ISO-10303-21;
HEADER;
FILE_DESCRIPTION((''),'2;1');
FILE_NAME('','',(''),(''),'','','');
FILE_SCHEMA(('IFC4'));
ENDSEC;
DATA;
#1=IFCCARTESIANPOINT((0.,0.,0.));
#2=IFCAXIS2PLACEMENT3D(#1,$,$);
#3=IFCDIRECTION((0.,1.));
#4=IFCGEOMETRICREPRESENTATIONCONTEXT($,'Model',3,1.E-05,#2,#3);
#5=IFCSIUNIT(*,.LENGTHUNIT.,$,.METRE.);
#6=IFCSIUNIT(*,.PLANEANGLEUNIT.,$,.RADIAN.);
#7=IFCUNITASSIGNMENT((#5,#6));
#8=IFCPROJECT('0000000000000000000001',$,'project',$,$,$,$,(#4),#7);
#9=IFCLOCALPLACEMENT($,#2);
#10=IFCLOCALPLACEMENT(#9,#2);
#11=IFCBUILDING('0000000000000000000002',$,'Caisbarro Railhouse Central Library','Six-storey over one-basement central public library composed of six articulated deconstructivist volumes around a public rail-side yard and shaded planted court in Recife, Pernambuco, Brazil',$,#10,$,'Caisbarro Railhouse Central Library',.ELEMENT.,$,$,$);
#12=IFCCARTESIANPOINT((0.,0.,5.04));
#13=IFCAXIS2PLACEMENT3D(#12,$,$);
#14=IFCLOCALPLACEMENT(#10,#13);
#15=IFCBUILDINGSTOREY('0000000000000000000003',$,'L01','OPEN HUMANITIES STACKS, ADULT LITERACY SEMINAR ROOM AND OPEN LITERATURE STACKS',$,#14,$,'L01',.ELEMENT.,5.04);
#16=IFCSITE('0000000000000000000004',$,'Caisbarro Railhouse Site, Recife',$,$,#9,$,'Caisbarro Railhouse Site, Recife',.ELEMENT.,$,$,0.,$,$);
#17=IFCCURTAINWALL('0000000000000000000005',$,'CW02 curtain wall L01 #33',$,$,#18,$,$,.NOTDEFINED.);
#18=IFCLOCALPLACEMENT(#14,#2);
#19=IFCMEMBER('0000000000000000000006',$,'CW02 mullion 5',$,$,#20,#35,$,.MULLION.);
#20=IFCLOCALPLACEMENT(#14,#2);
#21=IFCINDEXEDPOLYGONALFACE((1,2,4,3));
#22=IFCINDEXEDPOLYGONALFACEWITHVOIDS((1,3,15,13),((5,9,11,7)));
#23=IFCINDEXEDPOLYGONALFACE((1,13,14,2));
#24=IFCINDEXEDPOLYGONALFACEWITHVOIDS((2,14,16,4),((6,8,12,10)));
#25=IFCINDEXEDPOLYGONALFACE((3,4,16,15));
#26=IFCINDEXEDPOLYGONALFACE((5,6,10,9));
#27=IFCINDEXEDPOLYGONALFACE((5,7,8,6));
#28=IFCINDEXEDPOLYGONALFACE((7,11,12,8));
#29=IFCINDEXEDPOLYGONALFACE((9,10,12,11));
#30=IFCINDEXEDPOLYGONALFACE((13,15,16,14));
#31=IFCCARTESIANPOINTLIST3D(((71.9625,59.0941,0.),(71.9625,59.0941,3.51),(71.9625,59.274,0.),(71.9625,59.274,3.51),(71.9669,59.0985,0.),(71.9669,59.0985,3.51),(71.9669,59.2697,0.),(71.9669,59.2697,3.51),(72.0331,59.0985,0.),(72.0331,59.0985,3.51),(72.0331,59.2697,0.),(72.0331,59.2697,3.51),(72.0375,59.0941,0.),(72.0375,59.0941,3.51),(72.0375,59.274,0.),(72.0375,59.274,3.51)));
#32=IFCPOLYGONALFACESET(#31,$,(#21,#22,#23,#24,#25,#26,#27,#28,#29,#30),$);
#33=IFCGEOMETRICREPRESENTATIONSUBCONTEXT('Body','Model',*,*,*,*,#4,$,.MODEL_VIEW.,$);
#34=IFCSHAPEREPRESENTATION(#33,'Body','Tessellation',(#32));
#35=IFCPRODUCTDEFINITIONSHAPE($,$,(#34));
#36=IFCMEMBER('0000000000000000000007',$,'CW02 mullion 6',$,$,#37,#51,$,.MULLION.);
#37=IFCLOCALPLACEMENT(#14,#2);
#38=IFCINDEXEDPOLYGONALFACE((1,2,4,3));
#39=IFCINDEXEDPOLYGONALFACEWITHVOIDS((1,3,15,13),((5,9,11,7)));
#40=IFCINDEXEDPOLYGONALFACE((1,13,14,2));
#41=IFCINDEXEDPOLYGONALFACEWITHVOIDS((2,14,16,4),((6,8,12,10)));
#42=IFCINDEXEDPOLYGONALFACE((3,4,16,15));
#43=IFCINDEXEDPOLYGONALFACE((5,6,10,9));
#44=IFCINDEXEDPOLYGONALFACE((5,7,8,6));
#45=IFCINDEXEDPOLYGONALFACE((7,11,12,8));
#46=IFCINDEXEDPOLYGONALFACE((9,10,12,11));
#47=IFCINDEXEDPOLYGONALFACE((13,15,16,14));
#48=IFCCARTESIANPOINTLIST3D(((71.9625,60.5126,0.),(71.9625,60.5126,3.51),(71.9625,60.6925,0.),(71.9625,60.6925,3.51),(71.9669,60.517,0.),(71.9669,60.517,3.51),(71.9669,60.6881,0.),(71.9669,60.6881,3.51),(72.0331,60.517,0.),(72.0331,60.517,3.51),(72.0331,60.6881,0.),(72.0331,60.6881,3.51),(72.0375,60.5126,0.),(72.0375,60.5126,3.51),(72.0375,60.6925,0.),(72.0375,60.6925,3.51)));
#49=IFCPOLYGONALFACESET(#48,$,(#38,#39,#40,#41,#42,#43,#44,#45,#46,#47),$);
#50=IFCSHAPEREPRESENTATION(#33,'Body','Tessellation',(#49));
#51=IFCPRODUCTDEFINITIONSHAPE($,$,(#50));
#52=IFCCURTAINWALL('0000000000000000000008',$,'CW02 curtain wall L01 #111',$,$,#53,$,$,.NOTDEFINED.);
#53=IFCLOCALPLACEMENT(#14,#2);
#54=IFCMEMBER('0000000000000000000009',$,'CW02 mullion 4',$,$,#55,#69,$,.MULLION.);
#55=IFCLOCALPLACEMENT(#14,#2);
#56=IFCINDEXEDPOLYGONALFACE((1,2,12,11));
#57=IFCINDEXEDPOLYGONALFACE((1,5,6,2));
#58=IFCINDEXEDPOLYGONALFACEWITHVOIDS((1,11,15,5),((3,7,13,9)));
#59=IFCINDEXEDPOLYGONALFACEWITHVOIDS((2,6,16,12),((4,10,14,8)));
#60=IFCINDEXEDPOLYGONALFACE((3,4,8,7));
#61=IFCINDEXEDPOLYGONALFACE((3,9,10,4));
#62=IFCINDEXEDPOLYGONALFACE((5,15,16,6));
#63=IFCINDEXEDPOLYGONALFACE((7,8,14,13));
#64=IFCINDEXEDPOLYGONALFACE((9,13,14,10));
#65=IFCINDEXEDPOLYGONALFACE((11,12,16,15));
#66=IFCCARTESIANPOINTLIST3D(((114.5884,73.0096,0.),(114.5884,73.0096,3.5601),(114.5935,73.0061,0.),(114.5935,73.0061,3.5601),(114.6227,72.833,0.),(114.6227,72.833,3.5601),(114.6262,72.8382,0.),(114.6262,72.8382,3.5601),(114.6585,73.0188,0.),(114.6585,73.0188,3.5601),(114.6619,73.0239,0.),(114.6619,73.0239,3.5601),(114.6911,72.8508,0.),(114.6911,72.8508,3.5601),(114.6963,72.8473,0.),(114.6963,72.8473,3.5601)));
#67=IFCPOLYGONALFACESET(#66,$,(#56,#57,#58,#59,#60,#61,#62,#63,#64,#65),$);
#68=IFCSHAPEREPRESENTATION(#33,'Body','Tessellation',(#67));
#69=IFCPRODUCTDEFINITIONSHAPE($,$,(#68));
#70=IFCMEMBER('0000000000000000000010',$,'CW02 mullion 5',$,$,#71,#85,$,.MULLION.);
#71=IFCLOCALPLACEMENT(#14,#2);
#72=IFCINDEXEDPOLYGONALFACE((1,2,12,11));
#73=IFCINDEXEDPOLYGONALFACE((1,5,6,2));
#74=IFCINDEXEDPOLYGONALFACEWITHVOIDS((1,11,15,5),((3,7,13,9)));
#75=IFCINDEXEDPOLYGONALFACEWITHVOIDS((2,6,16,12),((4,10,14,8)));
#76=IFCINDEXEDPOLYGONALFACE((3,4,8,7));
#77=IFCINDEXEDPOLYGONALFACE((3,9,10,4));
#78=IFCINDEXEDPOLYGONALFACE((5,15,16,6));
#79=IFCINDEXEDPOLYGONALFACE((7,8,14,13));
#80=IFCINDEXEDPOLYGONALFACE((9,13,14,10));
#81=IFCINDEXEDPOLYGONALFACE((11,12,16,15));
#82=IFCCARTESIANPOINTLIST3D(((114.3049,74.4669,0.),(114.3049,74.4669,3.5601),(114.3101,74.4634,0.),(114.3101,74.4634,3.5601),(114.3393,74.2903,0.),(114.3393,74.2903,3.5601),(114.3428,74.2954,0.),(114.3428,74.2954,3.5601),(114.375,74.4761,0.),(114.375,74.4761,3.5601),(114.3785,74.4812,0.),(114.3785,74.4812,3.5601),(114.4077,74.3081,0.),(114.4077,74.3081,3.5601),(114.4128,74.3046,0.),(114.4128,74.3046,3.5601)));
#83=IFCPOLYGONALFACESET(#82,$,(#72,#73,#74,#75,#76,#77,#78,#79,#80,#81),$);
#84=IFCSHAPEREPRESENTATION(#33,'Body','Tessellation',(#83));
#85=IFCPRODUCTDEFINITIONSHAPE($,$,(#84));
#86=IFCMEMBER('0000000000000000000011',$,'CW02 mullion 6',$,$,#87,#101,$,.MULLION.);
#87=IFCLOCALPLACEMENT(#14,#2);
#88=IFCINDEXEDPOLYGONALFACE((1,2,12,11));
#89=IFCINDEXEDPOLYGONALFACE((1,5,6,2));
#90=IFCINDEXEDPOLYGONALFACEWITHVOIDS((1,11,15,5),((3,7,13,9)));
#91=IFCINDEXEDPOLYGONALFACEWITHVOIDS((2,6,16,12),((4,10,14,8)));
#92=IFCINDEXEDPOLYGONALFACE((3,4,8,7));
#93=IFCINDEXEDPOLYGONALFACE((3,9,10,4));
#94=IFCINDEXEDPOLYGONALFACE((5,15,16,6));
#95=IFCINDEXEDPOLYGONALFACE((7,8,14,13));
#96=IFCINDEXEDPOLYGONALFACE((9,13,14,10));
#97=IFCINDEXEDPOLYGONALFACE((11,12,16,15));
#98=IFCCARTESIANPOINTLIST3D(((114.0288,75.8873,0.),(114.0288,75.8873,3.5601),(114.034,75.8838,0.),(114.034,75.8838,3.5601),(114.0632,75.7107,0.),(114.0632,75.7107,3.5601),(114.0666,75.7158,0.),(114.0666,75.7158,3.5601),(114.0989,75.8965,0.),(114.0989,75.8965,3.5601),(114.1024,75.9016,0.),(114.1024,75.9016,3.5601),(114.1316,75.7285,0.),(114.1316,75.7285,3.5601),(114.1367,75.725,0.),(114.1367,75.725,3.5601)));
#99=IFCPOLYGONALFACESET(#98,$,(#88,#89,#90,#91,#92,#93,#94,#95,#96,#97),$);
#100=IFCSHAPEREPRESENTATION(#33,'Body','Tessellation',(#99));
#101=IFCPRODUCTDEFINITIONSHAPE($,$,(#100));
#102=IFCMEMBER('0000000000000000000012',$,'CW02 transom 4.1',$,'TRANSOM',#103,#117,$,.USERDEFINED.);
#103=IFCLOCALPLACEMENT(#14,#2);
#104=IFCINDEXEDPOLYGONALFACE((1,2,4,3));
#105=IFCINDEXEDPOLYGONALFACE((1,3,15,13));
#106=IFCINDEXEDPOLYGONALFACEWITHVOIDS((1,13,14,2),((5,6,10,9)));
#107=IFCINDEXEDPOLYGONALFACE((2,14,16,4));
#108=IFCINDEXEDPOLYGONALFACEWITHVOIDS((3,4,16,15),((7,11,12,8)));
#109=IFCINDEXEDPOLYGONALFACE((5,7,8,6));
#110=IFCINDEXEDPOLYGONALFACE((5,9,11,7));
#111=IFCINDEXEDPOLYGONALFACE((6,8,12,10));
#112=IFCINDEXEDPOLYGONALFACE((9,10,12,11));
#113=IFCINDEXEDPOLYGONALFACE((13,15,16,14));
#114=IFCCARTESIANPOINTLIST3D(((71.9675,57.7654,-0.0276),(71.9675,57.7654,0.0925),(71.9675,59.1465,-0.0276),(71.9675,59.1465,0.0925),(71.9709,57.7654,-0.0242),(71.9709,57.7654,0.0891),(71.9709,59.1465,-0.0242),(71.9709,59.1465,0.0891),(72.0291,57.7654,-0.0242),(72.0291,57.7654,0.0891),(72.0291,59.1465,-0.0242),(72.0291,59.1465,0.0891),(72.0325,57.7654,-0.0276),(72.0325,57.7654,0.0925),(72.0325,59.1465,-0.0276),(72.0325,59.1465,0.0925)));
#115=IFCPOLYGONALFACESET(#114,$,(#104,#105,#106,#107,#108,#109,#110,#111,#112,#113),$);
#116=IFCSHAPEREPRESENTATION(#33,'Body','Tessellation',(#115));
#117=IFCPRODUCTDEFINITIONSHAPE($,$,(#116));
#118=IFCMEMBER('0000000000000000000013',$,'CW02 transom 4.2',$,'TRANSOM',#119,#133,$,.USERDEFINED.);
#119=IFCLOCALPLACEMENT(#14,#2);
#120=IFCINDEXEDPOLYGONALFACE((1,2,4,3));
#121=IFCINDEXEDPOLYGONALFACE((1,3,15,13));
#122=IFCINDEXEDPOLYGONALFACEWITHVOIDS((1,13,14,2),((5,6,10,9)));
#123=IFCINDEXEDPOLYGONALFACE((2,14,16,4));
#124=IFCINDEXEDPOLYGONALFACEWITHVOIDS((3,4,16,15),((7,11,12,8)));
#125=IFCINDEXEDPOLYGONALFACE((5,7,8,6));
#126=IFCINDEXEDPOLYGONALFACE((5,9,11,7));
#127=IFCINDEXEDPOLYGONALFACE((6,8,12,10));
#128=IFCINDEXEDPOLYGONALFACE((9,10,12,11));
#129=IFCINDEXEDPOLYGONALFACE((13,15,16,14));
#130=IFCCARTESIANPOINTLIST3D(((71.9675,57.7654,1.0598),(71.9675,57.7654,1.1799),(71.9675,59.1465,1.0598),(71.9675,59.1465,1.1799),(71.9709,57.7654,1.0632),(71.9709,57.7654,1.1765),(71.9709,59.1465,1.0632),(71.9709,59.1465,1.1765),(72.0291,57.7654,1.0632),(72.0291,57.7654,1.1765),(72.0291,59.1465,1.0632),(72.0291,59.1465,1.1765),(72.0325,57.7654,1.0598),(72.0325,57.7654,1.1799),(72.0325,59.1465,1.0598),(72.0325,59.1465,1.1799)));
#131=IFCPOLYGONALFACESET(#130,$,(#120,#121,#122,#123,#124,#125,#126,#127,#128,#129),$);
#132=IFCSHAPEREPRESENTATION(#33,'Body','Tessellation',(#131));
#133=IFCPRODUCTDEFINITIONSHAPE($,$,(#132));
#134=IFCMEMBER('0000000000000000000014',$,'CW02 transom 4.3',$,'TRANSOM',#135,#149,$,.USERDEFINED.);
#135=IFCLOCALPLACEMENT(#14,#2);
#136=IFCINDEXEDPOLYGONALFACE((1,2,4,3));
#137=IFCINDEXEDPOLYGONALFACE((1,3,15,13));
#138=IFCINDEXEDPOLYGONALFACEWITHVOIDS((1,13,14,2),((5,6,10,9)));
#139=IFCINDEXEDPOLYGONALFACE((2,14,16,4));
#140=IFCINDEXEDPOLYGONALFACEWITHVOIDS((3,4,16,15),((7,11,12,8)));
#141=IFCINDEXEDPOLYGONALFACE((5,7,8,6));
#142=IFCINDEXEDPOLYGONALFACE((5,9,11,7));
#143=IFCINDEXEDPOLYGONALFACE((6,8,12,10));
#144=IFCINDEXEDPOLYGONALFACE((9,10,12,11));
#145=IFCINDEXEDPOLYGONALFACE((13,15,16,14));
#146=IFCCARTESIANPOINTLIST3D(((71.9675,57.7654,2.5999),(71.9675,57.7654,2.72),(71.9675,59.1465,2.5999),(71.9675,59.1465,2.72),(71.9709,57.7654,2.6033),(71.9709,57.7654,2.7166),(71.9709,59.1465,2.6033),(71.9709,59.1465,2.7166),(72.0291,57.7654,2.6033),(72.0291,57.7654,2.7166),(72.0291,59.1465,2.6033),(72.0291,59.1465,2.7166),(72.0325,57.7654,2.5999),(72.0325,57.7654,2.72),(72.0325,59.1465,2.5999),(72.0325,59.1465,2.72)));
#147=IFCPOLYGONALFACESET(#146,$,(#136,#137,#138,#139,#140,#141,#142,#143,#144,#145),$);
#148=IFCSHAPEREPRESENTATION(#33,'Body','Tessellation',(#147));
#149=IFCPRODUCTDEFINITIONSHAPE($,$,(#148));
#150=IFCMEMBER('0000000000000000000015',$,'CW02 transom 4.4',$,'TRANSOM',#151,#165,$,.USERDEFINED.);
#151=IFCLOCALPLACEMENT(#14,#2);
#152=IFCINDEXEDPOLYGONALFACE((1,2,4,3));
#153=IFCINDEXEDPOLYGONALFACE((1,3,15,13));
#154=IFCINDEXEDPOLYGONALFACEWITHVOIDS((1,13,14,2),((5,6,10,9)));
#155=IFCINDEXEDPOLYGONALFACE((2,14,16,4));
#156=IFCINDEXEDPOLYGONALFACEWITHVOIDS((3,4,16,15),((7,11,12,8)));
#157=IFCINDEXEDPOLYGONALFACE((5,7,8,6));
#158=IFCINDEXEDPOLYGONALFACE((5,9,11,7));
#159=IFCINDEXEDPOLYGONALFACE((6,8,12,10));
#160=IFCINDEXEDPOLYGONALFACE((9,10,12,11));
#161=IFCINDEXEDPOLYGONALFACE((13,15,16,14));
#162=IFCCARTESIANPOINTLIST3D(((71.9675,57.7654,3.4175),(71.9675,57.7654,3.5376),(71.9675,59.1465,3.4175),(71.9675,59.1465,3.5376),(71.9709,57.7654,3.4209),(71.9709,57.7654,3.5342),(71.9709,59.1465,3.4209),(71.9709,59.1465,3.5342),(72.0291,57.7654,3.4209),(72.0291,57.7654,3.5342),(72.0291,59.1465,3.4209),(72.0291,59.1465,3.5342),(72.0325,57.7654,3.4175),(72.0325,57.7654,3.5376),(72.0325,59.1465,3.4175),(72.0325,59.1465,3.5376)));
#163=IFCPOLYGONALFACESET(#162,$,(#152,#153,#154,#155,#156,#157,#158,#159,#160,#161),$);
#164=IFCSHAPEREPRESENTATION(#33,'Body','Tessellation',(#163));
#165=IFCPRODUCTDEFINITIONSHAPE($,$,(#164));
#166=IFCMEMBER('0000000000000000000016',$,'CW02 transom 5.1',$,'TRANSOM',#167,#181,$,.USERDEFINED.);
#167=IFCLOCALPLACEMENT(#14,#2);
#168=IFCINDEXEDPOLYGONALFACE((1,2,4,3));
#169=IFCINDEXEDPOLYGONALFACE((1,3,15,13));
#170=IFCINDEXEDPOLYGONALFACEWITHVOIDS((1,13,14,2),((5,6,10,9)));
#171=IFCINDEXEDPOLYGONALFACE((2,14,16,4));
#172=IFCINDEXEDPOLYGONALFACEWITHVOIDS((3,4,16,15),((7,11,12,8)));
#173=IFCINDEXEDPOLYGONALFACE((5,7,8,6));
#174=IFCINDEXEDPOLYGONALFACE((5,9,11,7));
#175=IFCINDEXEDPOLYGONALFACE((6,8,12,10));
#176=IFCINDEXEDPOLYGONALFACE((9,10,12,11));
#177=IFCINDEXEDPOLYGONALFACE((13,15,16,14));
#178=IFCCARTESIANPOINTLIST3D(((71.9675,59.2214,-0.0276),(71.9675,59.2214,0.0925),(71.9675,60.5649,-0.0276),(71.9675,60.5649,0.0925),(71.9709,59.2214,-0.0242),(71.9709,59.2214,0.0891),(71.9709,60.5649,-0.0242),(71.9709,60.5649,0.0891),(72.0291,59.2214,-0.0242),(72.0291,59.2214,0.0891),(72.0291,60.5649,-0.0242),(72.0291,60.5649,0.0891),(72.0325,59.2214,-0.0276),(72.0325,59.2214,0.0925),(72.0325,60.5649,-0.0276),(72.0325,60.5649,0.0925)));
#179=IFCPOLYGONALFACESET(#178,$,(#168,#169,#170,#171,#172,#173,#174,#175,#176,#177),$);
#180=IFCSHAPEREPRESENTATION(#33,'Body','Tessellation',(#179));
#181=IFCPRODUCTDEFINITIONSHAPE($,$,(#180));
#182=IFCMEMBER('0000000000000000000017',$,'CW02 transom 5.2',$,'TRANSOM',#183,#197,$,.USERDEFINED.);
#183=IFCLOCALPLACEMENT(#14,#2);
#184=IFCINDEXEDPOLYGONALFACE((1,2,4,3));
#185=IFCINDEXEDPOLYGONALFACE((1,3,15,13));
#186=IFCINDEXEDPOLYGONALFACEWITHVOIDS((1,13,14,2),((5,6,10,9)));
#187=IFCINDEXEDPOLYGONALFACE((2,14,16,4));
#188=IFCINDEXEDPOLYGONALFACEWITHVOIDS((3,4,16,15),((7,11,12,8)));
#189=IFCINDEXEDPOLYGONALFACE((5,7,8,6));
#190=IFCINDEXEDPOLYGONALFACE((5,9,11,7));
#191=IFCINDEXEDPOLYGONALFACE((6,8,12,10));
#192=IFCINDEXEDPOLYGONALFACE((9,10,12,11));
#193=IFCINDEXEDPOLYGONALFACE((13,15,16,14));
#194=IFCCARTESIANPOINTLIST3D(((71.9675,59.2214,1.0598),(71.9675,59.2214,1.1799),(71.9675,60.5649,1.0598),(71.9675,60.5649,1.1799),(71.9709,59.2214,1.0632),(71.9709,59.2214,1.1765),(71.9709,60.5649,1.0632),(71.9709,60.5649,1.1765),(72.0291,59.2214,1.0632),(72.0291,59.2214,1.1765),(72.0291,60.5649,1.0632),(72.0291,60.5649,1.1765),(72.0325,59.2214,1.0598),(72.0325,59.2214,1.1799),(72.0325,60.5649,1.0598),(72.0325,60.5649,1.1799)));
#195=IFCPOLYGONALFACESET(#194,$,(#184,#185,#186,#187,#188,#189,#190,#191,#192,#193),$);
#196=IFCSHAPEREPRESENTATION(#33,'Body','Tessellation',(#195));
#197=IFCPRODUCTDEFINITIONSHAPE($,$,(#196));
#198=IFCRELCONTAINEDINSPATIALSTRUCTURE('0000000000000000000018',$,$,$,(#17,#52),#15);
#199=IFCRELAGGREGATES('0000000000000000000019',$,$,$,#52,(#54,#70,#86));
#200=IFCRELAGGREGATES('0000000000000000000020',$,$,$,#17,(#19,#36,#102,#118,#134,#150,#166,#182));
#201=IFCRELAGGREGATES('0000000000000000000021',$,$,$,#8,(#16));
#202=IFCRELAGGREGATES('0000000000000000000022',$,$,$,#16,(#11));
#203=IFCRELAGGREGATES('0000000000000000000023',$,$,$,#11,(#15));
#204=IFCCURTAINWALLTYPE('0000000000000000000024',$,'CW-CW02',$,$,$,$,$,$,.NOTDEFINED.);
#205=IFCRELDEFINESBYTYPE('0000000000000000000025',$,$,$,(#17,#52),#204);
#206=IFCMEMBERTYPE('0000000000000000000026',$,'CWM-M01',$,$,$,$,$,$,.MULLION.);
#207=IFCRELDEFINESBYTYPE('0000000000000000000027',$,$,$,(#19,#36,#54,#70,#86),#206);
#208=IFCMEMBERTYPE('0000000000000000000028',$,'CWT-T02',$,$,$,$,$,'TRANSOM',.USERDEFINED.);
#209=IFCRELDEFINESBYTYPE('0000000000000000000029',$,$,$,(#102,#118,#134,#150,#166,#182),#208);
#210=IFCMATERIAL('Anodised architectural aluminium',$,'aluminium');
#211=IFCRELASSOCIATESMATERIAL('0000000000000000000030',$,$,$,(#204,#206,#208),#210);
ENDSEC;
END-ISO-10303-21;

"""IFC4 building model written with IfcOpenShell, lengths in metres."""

from ifc_helpers import new_model, si_unit, direction, frame, origin, origin_2d, place, context, subcontext, project, spatial, hollow_rectangle, extrude, material, material_profile, profile_set, type_object, element, aggregate, save


model = new_model("IFC4")

# Units and contexts
model_context = context("Model", 3, precision=1e-05, world=origin(), true_north=direction((0.0, 1.0)))
body_context = subcontext(model_context, "Body", "Model", "MODEL_VIEW")
ifc_project = project(units=[si_unit("LENGTHUNIT", "METRE"), si_unit("PLANEANGLEUNIT", "RADIAN")], contexts=[model_context])

# Site, building, storey
site_placement = place(None, origin())
site = spatial("IfcSite", under=ifc_project, at=site_placement, Name="Caisbarro Railhouse Site, Recife", LongName="Caisbarro Railhouse Site, Recife", CompositionType="ELEMENT", RefElevation=0.0)
building_placement = place(site_placement, origin())
building = spatial("IfcBuilding", under=site, at=building_placement, Name="Caisbarro Railhouse Central Library", Description="Six-storey over one-basement central public library composed of six articulated deconstructivist volumes around a public rail-side yard and shaded planted court in Recife, Pernambuco, Brazil", LongName="Caisbarro Railhouse Central Library", CompositionType="ELEMENT")
storey_placement = place(building_placement, frame((0.0, 0.0, 5.04)))
storey = spatial("IfcBuildingStorey", under=building, at=storey_placement, Name="L01", Description="OPEN HUMANITIES STACKS, ADULT LITERACY SEMINAR ROOM AND OPEN LITERATURE STACKS", LongName="L01", CompositionType="ELEMENT", Elevation=5.04)

# Curtain walls, members
ifc_material_1 = material(Name="Anodised architectural aluminium", Category="aluminium")
curtain_wall_type = type_object("IfcCurtainWallType", Name="CW-CW02", PredefinedType="NOTDEFINED", material=ifc_material_1)
curtain_wall_1_placement = place(storey_placement, origin())
curtain_wall_1 = element("IfcCurtainWall", 1, at=curtain_wall_1_placement, inside=storey, type_object=curtain_wall_type, Name="CW02 curtain wall L01 #33", PredefinedType="NOTDEFINED")
ifc_material_profile_1 = material_profile(ifc_material_1, hollow_rectangle(XDim=0.075, YDim=0.1799, WallThickness=0.0044, at=origin_2d()), Name="ALU-MUL-75X180")
ifc_profile_set_1 = profile_set([ifc_material_profile_1], Name="Anodised architectural aluminium")
member_type_1 = type_object("IfcMemberType", Name="CWM-M01", PredefinedType="MULLION", material=ifc_profile_set_1)
member_1_placement = place(storey_placement, frame((72.0, 59.1841, 0.0), z_axis=(0.0, 0.0, 1.0), x_axis=(-1.0, 0.0, 0.0)))
member_1 = element("IfcMember", 2, at=member_1_placement, type_object=member_type_1, Name="CW02 mullion 5", PredefinedType="MULLION", context=body_context, shape_type="SweptSolid", body=[
    extrude(hollow_rectangle(XDim=0.075, YDim=0.1799, WallThickness=0.0044, at=origin_2d()), origin(), (0.0, 0.0, 1.0), 3.51),
])
member_2_placement = place(storey_placement, frame((72.0, 60.6025, 0.0), z_axis=(0.0, 0.0, 1.0), x_axis=(-1.0, 0.0, 0.0)))
member_2 = element("IfcMember", 3, at=member_2_placement, type_object=member_type_1, Name="CW02 mullion 6", PredefinedType="MULLION", context=body_context, shape_type="SweptSolid", body=[
    extrude(hollow_rectangle(XDim=0.075, YDim=0.1799, WallThickness=0.0044, at=origin_2d()), origin(), (0.0, 0.0, 1.0), 3.51),
])
curtain_wall_2_placement = place(storey_placement, origin())
curtain_wall_2 = element("IfcCurtainWall", 4, at=curtain_wall_2_placement, inside=storey, type_object=curtain_wall_type, Name="CW02 curtain wall L01 #111", PredefinedType="NOTDEFINED")
member_3_placement = place(storey_placement, frame((114.6423, 72.9285, 0.0), z_axis=(0.0, 0.0, 1.0), x_axis=(-0.981607, -0.190911, 0.0)))
member_3 = element("IfcMember", 5, at=member_3_placement, type_object=member_type_1, Name="CW02 mullion 4", PredefinedType="MULLION", context=body_context, shape_type="SweptSolid", body=[
    extrude(hollow_rectangle(XDim=0.075, YDim=0.1799, WallThickness=0.0044, at=origin_2d()), origin(), (0.0, 0.0, 1.0), 3.5601),
])
member_4_placement = place(storey_placement, frame((114.3589, 74.3857, 0.0), z_axis=(0.0, 0.0, 1.0), x_axis=(-0.981607, -0.190911, 0.0)))
member_4 = element("IfcMember", 6, at=member_4_placement, type_object=member_type_1, Name="CW02 mullion 5", PredefinedType="MULLION", context=body_context, shape_type="SweptSolid", body=[
    extrude(hollow_rectangle(XDim=0.075, YDim=0.1799, WallThickness=0.0044, at=origin_2d()), origin(), (0.0, 0.0, 1.0), 3.5601),
])
member_5_placement = place(storey_placement, frame((114.0828, 75.8062, 0.0), z_axis=(0.0, 0.0, 1.0), x_axis=(-0.981607, -0.190911, 0.0)))
member_5 = element("IfcMember", 7, at=member_5_placement, type_object=member_type_1, Name="CW02 mullion 6", PredefinedType="MULLION", context=body_context, shape_type="SweptSolid", body=[
    extrude(hollow_rectangle(XDim=0.075, YDim=0.1799, WallThickness=0.0044, at=origin_2d()), origin(), (0.0, 0.0, 1.0), 3.5601),
])

# Members
ifc_material_profile_2 = material_profile(ifc_material_1, hollow_rectangle(XDim=0.0649, YDim=0.1201, WallThickness=0.0034, at=origin_2d()), Name="ALU-TRN-65X120")
ifc_profile_set_2 = profile_set([ifc_material_profile_2], Name="Anodised architectural aluminium")
member_type_2 = type_object("IfcMemberType", Name="CWT-T02", ElementType="TRANSOM", PredefinedType="USERDEFINED", material=ifc_profile_set_2)
member_6_placement = place(storey_placement, frame((72.0, 57.7654, 0.0325), z_axis=(0.0, 1.0, 0.0), x_axis=(-1.0, 0.0, 0.0)))
member_6 = element("IfcMember", 8, at=member_6_placement, type_object=member_type_2, Name="CW02 transom 4.1", ObjectType="TRANSOM", PredefinedType="USERDEFINED", context=body_context, shape_type="SweptSolid", body=[
    extrude(hollow_rectangle(XDim=0.0649, YDim=0.1201, WallThickness=0.0034, at=origin_2d()), origin(), (0.0, 0.0, 1.0), 1.3811),
])
member_7_placement = place(storey_placement, frame((72.0, 57.7654, 1.1199), z_axis=(0.0, 1.0, 0.0), x_axis=(-1.0, 0.0, 0.0)))
member_7 = element("IfcMember", 9, at=member_7_placement, type_object=member_type_2, Name="CW02 transom 4.2", ObjectType="TRANSOM", PredefinedType="USERDEFINED", context=body_context, shape_type="SweptSolid", body=[
    extrude(hollow_rectangle(XDim=0.0649, YDim=0.1201, WallThickness=0.0034, at=origin_2d()), origin(), (0.0, 0.0, 1.0), 1.3811),
])
member_8_placement = place(storey_placement, frame((72.0, 57.7654, 2.6599), z_axis=(0.0, 1.0, 0.0), x_axis=(-1.0, 0.0, 0.0)))
member_8 = element("IfcMember", 10, at=member_8_placement, type_object=member_type_2, Name="CW02 transom 4.3", ObjectType="TRANSOM", PredefinedType="USERDEFINED", context=body_context, shape_type="SweptSolid", body=[
    extrude(hollow_rectangle(XDim=0.0649, YDim=0.1201, WallThickness=0.0034, at=origin_2d()), origin(), (0.0, 0.0, 1.0), 1.3811),
])
member_9_placement = place(storey_placement, frame((72.0, 57.7654, 3.4775), z_axis=(0.0, 1.0, 0.0), x_axis=(-1.0, 0.0, 0.0)))
member_9 = element("IfcMember", 11, at=member_9_placement, type_object=member_type_2, Name="CW02 transom 4.4", ObjectType="TRANSOM", PredefinedType="USERDEFINED", context=body_context, shape_type="SweptSolid", body=[
    extrude(hollow_rectangle(XDim=0.0649, YDim=0.1201, WallThickness=0.0034, at=origin_2d()), origin(), (0.0, 0.0, 1.0), 1.3811),
])
member_10_placement = place(storey_placement, frame((72.0, 59.2214, 0.0325), z_axis=(0.0, 1.0, 0.0), x_axis=(-1.0, 0.0, 0.0)))
member_10 = element("IfcMember", 12, at=member_10_placement, type_object=member_type_2, Name="CW02 transom 5.1", ObjectType="TRANSOM", PredefinedType="USERDEFINED", context=body_context, shape_type="SweptSolid", body=[
    extrude(hollow_rectangle(XDim=0.0649, YDim=0.1201, WallThickness=0.0034, at=origin_2d()), origin(), (0.0, 0.0, 1.0), 1.3435),
])
member_11_placement = place(storey_placement, frame((72.0, 59.2214, 1.1199), z_axis=(0.0, 1.0, 0.0), x_axis=(-1.0, 0.0, 0.0)))
member_11 = element("IfcMember", 13, at=member_11_placement, type_object=member_type_2, Name="CW02 transom 5.2", ObjectType="TRANSOM", PredefinedType="USERDEFINED", context=body_context, shape_type="SweptSolid", body=[
    extrude(hollow_rectangle(XDim=0.0649, YDim=0.1201, WallThickness=0.0034, at=origin_2d()), origin(), (0.0, 0.0, 1.0), 1.3435),
])

aggregate(curtain_wall_2, [member_3, member_4, member_5])
aggregate(curtain_wall_1, [member_1, member_2, member_6, member_7, member_8, member_9, member_10, member_11])

save(model, "model.ifc")
